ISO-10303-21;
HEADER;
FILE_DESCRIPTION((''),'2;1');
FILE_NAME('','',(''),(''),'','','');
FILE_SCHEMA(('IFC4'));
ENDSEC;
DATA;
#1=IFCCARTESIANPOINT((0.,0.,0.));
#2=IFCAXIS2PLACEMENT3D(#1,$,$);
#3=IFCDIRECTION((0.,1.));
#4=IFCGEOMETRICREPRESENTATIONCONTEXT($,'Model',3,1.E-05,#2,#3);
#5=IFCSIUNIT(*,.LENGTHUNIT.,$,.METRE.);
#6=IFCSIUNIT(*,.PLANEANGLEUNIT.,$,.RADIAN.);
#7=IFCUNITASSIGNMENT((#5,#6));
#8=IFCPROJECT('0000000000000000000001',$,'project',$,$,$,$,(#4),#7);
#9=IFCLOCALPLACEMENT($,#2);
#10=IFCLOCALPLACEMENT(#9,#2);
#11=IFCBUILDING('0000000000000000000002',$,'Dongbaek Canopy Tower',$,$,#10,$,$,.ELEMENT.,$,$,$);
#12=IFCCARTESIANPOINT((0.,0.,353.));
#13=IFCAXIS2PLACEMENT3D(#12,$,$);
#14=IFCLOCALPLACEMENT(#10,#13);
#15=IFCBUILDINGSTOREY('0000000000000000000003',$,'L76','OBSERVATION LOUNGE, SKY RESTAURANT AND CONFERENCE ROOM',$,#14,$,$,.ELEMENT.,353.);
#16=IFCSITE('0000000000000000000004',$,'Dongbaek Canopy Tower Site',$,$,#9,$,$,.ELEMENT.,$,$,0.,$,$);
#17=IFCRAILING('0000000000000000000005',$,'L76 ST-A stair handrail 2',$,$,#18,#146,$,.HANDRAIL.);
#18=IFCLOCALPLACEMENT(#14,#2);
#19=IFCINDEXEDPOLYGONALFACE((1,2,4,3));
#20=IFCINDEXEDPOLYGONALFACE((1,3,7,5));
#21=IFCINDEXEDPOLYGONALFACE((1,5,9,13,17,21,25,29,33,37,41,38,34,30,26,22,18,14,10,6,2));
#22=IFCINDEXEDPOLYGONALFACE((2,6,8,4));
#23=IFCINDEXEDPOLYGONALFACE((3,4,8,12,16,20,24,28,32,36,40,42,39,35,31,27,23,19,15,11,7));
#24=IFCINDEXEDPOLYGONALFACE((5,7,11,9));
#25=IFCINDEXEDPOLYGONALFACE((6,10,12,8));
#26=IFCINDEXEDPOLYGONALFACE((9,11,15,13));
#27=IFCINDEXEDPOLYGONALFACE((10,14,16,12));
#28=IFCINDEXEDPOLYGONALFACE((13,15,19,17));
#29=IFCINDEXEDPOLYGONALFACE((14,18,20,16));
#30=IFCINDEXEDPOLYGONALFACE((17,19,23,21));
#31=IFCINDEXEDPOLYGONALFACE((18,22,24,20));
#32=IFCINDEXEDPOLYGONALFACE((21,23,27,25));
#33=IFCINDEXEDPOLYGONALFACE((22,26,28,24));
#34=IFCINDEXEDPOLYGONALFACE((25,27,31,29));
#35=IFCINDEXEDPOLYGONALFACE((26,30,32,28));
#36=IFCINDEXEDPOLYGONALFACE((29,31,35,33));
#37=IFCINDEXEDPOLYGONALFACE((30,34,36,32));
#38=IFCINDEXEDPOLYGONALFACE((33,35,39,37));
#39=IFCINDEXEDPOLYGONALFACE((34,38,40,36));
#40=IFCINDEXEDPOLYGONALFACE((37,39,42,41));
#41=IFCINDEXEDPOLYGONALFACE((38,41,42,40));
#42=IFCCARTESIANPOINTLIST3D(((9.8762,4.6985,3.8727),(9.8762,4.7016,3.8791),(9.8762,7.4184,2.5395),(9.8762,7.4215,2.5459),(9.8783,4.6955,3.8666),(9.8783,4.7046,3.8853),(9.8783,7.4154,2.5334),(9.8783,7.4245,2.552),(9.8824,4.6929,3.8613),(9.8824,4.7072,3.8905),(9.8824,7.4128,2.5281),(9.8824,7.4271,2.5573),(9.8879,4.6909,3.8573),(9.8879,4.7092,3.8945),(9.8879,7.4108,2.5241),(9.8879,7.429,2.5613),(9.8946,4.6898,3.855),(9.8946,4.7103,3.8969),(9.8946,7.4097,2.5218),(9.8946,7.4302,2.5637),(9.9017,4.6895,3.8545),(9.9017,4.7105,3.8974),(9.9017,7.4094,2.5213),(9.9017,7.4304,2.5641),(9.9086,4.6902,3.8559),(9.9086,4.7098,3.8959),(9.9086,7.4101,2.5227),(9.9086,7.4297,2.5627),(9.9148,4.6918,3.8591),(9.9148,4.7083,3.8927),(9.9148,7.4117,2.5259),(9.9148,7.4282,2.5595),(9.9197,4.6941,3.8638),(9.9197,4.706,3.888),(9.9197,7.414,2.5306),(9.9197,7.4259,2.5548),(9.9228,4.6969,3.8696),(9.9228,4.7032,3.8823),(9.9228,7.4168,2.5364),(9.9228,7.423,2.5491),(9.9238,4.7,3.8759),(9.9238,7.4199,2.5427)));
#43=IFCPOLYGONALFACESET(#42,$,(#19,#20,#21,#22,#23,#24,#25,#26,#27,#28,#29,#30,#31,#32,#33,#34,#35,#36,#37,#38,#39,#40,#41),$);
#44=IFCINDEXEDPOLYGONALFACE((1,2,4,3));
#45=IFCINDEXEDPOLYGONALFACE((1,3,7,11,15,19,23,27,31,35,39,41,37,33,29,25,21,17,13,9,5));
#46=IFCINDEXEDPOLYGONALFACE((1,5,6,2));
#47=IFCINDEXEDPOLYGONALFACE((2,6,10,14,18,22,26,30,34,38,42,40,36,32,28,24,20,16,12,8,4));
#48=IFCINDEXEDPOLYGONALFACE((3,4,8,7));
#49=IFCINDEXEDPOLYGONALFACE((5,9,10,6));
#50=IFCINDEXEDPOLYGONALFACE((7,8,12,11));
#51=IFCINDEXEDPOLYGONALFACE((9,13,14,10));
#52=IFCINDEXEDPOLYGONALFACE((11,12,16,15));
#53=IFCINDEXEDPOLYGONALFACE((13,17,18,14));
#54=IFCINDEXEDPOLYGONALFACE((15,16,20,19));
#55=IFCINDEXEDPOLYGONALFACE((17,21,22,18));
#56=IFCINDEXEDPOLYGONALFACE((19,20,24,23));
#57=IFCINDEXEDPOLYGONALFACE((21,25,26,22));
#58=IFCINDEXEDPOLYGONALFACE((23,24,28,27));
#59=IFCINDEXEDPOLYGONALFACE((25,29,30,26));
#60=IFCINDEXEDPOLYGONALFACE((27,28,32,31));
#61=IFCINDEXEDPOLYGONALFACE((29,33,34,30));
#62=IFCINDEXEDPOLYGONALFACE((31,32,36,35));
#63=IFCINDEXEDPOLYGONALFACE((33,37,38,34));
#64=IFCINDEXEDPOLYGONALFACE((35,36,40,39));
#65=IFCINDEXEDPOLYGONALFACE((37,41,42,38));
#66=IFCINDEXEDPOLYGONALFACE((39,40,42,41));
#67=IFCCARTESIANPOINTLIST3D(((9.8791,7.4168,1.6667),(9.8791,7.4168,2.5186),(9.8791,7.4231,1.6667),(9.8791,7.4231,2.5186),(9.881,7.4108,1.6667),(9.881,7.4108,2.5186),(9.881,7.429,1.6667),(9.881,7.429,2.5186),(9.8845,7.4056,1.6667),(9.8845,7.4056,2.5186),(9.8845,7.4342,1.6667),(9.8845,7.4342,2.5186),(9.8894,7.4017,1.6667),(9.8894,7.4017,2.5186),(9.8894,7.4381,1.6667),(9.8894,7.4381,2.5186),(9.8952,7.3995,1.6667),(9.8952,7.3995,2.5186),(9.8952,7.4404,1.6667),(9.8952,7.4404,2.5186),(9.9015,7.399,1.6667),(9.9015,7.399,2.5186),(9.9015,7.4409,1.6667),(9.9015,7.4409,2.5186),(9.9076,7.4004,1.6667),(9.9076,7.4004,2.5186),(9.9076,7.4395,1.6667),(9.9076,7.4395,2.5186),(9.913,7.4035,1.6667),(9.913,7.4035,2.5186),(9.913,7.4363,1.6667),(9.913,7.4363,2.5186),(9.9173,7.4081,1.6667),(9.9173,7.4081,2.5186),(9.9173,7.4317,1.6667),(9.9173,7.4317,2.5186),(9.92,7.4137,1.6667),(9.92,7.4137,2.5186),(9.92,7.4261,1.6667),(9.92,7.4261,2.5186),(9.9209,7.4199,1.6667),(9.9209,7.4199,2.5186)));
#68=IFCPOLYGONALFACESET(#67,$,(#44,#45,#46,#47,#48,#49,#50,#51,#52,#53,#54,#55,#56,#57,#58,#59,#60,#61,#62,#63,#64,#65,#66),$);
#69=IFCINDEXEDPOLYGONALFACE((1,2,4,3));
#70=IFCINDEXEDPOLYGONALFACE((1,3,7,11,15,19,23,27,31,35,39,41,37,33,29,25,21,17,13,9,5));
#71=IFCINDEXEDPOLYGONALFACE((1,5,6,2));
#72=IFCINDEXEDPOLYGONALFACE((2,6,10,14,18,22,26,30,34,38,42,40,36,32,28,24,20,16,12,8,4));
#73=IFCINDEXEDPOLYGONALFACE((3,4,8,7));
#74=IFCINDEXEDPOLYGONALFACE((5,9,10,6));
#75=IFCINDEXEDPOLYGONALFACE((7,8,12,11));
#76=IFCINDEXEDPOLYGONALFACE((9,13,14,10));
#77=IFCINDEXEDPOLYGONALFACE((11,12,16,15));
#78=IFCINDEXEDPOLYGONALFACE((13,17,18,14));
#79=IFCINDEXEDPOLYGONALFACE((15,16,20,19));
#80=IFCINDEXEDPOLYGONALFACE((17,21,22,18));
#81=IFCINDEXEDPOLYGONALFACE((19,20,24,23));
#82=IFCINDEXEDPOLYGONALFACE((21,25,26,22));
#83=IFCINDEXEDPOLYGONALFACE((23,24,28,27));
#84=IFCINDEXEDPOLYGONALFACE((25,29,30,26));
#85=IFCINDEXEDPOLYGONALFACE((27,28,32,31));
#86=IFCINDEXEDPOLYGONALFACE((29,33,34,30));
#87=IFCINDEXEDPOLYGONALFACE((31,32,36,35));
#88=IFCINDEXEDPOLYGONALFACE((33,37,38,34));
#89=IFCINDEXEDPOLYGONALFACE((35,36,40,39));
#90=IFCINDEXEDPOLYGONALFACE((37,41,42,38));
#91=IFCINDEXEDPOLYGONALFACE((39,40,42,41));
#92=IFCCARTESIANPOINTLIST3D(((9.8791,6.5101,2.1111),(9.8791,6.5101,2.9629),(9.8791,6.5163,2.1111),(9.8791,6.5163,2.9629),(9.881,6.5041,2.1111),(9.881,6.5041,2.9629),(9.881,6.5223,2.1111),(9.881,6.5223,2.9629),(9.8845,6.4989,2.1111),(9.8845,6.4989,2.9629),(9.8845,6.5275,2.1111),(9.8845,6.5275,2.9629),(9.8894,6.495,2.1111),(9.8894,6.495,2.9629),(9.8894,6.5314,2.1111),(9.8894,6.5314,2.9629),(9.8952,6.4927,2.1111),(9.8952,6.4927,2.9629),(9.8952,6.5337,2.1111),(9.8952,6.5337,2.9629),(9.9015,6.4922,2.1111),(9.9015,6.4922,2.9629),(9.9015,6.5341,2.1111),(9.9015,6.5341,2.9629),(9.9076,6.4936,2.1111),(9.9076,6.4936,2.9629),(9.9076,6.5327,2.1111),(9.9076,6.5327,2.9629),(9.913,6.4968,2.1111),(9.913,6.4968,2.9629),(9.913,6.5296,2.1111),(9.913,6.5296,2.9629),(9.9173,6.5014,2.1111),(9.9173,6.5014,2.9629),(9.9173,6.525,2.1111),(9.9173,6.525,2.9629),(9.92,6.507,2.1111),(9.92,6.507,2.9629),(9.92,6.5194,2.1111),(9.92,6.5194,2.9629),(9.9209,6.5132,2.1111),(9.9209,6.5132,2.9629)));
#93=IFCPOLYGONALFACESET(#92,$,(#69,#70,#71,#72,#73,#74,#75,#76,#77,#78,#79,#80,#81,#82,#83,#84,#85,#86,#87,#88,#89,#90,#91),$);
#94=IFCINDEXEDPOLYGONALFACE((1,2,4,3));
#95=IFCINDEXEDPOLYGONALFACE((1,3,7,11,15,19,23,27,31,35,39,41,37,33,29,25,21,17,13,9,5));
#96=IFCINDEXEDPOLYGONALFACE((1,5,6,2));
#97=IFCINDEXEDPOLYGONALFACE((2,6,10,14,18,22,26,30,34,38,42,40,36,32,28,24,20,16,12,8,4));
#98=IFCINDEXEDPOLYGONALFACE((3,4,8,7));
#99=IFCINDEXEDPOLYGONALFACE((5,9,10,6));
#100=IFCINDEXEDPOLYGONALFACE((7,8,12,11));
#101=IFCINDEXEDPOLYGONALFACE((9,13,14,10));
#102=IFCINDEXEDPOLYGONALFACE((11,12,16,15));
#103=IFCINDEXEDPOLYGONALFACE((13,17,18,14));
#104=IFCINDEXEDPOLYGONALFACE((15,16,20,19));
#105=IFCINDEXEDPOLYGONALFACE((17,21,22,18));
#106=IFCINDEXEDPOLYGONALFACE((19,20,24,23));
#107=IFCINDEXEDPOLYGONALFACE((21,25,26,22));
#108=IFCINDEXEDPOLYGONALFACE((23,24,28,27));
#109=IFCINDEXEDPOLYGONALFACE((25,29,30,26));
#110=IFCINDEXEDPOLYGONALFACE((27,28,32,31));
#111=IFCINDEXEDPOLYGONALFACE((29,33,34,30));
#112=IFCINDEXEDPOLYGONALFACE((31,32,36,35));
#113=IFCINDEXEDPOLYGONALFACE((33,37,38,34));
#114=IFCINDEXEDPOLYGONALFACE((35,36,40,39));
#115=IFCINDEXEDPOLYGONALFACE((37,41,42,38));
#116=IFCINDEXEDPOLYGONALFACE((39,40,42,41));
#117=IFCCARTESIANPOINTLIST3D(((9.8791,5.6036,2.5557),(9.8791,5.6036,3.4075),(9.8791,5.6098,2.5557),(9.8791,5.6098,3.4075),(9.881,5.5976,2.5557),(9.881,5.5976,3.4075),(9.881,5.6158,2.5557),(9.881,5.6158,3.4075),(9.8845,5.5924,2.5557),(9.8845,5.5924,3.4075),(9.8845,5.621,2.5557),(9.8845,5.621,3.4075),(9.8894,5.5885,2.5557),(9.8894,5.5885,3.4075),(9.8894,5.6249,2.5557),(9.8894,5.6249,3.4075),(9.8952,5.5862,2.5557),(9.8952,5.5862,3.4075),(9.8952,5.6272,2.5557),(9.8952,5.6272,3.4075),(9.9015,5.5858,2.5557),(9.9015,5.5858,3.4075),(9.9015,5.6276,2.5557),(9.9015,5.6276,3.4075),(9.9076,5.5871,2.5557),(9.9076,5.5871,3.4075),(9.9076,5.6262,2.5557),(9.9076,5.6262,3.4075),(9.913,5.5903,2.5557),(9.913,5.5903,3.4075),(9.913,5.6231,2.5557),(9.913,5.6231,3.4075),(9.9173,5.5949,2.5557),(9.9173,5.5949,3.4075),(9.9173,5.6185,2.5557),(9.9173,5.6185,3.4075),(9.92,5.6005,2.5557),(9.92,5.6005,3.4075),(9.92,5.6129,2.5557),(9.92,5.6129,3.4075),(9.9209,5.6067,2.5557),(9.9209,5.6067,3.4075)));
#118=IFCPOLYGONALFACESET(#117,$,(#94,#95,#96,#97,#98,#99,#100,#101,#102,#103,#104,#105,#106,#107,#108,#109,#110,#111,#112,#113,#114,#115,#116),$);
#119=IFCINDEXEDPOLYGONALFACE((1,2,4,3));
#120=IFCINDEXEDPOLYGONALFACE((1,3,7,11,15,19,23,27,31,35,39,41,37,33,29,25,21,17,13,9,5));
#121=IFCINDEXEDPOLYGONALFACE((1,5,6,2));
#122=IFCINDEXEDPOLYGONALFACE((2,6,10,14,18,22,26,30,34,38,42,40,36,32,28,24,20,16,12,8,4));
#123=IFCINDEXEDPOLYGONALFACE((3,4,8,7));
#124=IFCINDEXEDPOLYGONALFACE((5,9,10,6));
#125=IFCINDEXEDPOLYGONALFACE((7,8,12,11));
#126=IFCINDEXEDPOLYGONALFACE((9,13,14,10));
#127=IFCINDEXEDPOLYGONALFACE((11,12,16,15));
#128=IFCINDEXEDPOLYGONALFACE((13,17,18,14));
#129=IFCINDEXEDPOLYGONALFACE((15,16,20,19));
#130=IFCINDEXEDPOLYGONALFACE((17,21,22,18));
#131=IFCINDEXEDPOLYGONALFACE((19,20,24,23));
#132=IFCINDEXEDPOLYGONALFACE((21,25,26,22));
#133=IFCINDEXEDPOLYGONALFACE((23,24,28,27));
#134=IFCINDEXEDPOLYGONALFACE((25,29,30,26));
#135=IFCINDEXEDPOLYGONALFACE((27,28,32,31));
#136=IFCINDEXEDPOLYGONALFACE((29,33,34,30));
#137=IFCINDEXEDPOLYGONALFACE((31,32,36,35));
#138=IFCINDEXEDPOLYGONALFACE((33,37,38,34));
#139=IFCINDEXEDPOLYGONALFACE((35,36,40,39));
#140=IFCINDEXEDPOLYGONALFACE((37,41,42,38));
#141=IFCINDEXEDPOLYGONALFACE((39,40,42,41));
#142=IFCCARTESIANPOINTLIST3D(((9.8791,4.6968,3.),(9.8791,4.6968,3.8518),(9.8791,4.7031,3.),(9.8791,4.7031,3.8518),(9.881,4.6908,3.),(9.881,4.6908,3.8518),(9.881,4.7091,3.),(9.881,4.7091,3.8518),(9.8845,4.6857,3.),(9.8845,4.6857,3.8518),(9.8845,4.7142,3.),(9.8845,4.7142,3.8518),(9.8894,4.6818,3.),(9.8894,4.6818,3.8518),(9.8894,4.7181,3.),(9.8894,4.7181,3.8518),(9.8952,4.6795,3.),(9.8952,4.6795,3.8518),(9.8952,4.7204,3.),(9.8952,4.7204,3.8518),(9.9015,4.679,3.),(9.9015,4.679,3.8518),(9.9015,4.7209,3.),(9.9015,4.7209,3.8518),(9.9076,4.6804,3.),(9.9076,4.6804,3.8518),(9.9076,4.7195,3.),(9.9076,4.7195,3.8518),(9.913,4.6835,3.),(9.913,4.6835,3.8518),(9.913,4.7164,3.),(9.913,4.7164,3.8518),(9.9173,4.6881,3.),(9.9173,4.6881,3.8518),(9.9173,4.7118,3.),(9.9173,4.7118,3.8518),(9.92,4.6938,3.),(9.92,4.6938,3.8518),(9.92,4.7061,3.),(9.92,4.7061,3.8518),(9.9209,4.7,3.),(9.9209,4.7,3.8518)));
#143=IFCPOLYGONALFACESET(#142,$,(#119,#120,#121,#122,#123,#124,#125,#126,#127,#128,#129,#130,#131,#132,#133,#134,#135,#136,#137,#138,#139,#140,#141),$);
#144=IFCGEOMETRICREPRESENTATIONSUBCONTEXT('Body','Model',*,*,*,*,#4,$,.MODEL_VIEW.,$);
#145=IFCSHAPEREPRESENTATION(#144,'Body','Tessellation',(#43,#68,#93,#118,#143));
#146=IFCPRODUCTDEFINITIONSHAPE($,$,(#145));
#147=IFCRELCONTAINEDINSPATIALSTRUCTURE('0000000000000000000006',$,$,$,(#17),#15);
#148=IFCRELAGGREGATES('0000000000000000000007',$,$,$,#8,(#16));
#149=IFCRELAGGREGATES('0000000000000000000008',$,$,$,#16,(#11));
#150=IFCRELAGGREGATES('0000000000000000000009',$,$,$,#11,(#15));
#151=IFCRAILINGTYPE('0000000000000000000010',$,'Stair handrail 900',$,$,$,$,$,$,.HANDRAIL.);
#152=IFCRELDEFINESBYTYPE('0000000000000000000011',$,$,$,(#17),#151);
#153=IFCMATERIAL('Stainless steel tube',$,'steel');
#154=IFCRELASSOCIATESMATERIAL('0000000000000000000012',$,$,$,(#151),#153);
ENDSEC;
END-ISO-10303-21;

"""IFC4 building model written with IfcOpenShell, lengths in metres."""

from ifc_helpers import new_model, si_unit, direction, frame, origin, origin_2d, place, context, subcontext, project, spatial, circle, extrude, material, type_object, element, save


model = new_model("IFC4")

# Units and contexts
model_context = context("Model", 3, precision=1e-05, world=origin(), true_north=direction((0.0, 1.0)))
body_context = subcontext(model_context, "Body", "Model", "MODEL_VIEW")
ifc_project = project(units=[si_unit("LENGTHUNIT", "METRE"), si_unit("PLANEANGLEUNIT", "RADIAN")], contexts=[model_context])

# Site, building, storey
site_placement = place(None, origin())
site = spatial("IfcSite", under=ifc_project, at=site_placement, Name="Dongbaek Canopy Tower Site", CompositionType="ELEMENT", RefElevation=0.0)
building_placement = place(site_placement, origin())
building = spatial("IfcBuilding", under=site, at=building_placement, Name="Dongbaek Canopy Tower", CompositionType="ELEMENT")
storey_placement = place(building_placement, frame((0.0, 0.0, 353.0)))
storey = spatial("IfcBuildingStorey", under=building, at=storey_placement, Name="L76", Description="OBSERVATION LOUNGE, SKY RESTAURANT AND CONFERENCE ROOM", CompositionType="ELEMENT", Elevation=353.0)

# Railing
ifc_material_1 = material(Name="Stainless steel tube", Category="steel")
railing_type_1 = type_object("IfcRailingType", Name="Stair handrail 900", PredefinedType="HANDRAIL", material=ifc_material_1)
railing_1_placement = place(storey_placement, frame((9.8999, 7.4199, 1.6667)))
element("IfcRailing", 1, at=railing_1_placement, inside=storey, type_object=railing_type_1, Name="L76 ST-A stair handrail 2", PredefinedType="HANDRAIL", context=body_context, shape_type="SweptSolid", body=[
    extrude(circle(Radius=0.0239, at=origin_2d()), frame((0.0, 0.0, 0.876), z_axis=(0.0, -0.897929, 0.440139), x_axis=(1.0, 0.0, 0.0)), (0.0, 0.0, 1.0), 3.0291),
    extrude(circle(Radius=0.021, at=origin_2d()), origin(), (0.0, 0.0, 1.0), 0.8518),
    extrude(circle(Radius=0.021, at=origin_2d()), frame((0.0, -0.9067, 0.4443)), (0.0, 0.0, 1.0), 0.8518),
    extrude(circle(Radius=0.021, at=origin_2d()), frame((0.0, -1.8132, 0.8889)), (0.0, 0.0, 1.0), 0.8518),
    extrude(circle(Radius=0.021, at=origin_2d()), frame((0.0, -2.72, 1.3333)), (0.0, 0.0, 1.0), 0.8518),
])

save(model, "model.ifc")
